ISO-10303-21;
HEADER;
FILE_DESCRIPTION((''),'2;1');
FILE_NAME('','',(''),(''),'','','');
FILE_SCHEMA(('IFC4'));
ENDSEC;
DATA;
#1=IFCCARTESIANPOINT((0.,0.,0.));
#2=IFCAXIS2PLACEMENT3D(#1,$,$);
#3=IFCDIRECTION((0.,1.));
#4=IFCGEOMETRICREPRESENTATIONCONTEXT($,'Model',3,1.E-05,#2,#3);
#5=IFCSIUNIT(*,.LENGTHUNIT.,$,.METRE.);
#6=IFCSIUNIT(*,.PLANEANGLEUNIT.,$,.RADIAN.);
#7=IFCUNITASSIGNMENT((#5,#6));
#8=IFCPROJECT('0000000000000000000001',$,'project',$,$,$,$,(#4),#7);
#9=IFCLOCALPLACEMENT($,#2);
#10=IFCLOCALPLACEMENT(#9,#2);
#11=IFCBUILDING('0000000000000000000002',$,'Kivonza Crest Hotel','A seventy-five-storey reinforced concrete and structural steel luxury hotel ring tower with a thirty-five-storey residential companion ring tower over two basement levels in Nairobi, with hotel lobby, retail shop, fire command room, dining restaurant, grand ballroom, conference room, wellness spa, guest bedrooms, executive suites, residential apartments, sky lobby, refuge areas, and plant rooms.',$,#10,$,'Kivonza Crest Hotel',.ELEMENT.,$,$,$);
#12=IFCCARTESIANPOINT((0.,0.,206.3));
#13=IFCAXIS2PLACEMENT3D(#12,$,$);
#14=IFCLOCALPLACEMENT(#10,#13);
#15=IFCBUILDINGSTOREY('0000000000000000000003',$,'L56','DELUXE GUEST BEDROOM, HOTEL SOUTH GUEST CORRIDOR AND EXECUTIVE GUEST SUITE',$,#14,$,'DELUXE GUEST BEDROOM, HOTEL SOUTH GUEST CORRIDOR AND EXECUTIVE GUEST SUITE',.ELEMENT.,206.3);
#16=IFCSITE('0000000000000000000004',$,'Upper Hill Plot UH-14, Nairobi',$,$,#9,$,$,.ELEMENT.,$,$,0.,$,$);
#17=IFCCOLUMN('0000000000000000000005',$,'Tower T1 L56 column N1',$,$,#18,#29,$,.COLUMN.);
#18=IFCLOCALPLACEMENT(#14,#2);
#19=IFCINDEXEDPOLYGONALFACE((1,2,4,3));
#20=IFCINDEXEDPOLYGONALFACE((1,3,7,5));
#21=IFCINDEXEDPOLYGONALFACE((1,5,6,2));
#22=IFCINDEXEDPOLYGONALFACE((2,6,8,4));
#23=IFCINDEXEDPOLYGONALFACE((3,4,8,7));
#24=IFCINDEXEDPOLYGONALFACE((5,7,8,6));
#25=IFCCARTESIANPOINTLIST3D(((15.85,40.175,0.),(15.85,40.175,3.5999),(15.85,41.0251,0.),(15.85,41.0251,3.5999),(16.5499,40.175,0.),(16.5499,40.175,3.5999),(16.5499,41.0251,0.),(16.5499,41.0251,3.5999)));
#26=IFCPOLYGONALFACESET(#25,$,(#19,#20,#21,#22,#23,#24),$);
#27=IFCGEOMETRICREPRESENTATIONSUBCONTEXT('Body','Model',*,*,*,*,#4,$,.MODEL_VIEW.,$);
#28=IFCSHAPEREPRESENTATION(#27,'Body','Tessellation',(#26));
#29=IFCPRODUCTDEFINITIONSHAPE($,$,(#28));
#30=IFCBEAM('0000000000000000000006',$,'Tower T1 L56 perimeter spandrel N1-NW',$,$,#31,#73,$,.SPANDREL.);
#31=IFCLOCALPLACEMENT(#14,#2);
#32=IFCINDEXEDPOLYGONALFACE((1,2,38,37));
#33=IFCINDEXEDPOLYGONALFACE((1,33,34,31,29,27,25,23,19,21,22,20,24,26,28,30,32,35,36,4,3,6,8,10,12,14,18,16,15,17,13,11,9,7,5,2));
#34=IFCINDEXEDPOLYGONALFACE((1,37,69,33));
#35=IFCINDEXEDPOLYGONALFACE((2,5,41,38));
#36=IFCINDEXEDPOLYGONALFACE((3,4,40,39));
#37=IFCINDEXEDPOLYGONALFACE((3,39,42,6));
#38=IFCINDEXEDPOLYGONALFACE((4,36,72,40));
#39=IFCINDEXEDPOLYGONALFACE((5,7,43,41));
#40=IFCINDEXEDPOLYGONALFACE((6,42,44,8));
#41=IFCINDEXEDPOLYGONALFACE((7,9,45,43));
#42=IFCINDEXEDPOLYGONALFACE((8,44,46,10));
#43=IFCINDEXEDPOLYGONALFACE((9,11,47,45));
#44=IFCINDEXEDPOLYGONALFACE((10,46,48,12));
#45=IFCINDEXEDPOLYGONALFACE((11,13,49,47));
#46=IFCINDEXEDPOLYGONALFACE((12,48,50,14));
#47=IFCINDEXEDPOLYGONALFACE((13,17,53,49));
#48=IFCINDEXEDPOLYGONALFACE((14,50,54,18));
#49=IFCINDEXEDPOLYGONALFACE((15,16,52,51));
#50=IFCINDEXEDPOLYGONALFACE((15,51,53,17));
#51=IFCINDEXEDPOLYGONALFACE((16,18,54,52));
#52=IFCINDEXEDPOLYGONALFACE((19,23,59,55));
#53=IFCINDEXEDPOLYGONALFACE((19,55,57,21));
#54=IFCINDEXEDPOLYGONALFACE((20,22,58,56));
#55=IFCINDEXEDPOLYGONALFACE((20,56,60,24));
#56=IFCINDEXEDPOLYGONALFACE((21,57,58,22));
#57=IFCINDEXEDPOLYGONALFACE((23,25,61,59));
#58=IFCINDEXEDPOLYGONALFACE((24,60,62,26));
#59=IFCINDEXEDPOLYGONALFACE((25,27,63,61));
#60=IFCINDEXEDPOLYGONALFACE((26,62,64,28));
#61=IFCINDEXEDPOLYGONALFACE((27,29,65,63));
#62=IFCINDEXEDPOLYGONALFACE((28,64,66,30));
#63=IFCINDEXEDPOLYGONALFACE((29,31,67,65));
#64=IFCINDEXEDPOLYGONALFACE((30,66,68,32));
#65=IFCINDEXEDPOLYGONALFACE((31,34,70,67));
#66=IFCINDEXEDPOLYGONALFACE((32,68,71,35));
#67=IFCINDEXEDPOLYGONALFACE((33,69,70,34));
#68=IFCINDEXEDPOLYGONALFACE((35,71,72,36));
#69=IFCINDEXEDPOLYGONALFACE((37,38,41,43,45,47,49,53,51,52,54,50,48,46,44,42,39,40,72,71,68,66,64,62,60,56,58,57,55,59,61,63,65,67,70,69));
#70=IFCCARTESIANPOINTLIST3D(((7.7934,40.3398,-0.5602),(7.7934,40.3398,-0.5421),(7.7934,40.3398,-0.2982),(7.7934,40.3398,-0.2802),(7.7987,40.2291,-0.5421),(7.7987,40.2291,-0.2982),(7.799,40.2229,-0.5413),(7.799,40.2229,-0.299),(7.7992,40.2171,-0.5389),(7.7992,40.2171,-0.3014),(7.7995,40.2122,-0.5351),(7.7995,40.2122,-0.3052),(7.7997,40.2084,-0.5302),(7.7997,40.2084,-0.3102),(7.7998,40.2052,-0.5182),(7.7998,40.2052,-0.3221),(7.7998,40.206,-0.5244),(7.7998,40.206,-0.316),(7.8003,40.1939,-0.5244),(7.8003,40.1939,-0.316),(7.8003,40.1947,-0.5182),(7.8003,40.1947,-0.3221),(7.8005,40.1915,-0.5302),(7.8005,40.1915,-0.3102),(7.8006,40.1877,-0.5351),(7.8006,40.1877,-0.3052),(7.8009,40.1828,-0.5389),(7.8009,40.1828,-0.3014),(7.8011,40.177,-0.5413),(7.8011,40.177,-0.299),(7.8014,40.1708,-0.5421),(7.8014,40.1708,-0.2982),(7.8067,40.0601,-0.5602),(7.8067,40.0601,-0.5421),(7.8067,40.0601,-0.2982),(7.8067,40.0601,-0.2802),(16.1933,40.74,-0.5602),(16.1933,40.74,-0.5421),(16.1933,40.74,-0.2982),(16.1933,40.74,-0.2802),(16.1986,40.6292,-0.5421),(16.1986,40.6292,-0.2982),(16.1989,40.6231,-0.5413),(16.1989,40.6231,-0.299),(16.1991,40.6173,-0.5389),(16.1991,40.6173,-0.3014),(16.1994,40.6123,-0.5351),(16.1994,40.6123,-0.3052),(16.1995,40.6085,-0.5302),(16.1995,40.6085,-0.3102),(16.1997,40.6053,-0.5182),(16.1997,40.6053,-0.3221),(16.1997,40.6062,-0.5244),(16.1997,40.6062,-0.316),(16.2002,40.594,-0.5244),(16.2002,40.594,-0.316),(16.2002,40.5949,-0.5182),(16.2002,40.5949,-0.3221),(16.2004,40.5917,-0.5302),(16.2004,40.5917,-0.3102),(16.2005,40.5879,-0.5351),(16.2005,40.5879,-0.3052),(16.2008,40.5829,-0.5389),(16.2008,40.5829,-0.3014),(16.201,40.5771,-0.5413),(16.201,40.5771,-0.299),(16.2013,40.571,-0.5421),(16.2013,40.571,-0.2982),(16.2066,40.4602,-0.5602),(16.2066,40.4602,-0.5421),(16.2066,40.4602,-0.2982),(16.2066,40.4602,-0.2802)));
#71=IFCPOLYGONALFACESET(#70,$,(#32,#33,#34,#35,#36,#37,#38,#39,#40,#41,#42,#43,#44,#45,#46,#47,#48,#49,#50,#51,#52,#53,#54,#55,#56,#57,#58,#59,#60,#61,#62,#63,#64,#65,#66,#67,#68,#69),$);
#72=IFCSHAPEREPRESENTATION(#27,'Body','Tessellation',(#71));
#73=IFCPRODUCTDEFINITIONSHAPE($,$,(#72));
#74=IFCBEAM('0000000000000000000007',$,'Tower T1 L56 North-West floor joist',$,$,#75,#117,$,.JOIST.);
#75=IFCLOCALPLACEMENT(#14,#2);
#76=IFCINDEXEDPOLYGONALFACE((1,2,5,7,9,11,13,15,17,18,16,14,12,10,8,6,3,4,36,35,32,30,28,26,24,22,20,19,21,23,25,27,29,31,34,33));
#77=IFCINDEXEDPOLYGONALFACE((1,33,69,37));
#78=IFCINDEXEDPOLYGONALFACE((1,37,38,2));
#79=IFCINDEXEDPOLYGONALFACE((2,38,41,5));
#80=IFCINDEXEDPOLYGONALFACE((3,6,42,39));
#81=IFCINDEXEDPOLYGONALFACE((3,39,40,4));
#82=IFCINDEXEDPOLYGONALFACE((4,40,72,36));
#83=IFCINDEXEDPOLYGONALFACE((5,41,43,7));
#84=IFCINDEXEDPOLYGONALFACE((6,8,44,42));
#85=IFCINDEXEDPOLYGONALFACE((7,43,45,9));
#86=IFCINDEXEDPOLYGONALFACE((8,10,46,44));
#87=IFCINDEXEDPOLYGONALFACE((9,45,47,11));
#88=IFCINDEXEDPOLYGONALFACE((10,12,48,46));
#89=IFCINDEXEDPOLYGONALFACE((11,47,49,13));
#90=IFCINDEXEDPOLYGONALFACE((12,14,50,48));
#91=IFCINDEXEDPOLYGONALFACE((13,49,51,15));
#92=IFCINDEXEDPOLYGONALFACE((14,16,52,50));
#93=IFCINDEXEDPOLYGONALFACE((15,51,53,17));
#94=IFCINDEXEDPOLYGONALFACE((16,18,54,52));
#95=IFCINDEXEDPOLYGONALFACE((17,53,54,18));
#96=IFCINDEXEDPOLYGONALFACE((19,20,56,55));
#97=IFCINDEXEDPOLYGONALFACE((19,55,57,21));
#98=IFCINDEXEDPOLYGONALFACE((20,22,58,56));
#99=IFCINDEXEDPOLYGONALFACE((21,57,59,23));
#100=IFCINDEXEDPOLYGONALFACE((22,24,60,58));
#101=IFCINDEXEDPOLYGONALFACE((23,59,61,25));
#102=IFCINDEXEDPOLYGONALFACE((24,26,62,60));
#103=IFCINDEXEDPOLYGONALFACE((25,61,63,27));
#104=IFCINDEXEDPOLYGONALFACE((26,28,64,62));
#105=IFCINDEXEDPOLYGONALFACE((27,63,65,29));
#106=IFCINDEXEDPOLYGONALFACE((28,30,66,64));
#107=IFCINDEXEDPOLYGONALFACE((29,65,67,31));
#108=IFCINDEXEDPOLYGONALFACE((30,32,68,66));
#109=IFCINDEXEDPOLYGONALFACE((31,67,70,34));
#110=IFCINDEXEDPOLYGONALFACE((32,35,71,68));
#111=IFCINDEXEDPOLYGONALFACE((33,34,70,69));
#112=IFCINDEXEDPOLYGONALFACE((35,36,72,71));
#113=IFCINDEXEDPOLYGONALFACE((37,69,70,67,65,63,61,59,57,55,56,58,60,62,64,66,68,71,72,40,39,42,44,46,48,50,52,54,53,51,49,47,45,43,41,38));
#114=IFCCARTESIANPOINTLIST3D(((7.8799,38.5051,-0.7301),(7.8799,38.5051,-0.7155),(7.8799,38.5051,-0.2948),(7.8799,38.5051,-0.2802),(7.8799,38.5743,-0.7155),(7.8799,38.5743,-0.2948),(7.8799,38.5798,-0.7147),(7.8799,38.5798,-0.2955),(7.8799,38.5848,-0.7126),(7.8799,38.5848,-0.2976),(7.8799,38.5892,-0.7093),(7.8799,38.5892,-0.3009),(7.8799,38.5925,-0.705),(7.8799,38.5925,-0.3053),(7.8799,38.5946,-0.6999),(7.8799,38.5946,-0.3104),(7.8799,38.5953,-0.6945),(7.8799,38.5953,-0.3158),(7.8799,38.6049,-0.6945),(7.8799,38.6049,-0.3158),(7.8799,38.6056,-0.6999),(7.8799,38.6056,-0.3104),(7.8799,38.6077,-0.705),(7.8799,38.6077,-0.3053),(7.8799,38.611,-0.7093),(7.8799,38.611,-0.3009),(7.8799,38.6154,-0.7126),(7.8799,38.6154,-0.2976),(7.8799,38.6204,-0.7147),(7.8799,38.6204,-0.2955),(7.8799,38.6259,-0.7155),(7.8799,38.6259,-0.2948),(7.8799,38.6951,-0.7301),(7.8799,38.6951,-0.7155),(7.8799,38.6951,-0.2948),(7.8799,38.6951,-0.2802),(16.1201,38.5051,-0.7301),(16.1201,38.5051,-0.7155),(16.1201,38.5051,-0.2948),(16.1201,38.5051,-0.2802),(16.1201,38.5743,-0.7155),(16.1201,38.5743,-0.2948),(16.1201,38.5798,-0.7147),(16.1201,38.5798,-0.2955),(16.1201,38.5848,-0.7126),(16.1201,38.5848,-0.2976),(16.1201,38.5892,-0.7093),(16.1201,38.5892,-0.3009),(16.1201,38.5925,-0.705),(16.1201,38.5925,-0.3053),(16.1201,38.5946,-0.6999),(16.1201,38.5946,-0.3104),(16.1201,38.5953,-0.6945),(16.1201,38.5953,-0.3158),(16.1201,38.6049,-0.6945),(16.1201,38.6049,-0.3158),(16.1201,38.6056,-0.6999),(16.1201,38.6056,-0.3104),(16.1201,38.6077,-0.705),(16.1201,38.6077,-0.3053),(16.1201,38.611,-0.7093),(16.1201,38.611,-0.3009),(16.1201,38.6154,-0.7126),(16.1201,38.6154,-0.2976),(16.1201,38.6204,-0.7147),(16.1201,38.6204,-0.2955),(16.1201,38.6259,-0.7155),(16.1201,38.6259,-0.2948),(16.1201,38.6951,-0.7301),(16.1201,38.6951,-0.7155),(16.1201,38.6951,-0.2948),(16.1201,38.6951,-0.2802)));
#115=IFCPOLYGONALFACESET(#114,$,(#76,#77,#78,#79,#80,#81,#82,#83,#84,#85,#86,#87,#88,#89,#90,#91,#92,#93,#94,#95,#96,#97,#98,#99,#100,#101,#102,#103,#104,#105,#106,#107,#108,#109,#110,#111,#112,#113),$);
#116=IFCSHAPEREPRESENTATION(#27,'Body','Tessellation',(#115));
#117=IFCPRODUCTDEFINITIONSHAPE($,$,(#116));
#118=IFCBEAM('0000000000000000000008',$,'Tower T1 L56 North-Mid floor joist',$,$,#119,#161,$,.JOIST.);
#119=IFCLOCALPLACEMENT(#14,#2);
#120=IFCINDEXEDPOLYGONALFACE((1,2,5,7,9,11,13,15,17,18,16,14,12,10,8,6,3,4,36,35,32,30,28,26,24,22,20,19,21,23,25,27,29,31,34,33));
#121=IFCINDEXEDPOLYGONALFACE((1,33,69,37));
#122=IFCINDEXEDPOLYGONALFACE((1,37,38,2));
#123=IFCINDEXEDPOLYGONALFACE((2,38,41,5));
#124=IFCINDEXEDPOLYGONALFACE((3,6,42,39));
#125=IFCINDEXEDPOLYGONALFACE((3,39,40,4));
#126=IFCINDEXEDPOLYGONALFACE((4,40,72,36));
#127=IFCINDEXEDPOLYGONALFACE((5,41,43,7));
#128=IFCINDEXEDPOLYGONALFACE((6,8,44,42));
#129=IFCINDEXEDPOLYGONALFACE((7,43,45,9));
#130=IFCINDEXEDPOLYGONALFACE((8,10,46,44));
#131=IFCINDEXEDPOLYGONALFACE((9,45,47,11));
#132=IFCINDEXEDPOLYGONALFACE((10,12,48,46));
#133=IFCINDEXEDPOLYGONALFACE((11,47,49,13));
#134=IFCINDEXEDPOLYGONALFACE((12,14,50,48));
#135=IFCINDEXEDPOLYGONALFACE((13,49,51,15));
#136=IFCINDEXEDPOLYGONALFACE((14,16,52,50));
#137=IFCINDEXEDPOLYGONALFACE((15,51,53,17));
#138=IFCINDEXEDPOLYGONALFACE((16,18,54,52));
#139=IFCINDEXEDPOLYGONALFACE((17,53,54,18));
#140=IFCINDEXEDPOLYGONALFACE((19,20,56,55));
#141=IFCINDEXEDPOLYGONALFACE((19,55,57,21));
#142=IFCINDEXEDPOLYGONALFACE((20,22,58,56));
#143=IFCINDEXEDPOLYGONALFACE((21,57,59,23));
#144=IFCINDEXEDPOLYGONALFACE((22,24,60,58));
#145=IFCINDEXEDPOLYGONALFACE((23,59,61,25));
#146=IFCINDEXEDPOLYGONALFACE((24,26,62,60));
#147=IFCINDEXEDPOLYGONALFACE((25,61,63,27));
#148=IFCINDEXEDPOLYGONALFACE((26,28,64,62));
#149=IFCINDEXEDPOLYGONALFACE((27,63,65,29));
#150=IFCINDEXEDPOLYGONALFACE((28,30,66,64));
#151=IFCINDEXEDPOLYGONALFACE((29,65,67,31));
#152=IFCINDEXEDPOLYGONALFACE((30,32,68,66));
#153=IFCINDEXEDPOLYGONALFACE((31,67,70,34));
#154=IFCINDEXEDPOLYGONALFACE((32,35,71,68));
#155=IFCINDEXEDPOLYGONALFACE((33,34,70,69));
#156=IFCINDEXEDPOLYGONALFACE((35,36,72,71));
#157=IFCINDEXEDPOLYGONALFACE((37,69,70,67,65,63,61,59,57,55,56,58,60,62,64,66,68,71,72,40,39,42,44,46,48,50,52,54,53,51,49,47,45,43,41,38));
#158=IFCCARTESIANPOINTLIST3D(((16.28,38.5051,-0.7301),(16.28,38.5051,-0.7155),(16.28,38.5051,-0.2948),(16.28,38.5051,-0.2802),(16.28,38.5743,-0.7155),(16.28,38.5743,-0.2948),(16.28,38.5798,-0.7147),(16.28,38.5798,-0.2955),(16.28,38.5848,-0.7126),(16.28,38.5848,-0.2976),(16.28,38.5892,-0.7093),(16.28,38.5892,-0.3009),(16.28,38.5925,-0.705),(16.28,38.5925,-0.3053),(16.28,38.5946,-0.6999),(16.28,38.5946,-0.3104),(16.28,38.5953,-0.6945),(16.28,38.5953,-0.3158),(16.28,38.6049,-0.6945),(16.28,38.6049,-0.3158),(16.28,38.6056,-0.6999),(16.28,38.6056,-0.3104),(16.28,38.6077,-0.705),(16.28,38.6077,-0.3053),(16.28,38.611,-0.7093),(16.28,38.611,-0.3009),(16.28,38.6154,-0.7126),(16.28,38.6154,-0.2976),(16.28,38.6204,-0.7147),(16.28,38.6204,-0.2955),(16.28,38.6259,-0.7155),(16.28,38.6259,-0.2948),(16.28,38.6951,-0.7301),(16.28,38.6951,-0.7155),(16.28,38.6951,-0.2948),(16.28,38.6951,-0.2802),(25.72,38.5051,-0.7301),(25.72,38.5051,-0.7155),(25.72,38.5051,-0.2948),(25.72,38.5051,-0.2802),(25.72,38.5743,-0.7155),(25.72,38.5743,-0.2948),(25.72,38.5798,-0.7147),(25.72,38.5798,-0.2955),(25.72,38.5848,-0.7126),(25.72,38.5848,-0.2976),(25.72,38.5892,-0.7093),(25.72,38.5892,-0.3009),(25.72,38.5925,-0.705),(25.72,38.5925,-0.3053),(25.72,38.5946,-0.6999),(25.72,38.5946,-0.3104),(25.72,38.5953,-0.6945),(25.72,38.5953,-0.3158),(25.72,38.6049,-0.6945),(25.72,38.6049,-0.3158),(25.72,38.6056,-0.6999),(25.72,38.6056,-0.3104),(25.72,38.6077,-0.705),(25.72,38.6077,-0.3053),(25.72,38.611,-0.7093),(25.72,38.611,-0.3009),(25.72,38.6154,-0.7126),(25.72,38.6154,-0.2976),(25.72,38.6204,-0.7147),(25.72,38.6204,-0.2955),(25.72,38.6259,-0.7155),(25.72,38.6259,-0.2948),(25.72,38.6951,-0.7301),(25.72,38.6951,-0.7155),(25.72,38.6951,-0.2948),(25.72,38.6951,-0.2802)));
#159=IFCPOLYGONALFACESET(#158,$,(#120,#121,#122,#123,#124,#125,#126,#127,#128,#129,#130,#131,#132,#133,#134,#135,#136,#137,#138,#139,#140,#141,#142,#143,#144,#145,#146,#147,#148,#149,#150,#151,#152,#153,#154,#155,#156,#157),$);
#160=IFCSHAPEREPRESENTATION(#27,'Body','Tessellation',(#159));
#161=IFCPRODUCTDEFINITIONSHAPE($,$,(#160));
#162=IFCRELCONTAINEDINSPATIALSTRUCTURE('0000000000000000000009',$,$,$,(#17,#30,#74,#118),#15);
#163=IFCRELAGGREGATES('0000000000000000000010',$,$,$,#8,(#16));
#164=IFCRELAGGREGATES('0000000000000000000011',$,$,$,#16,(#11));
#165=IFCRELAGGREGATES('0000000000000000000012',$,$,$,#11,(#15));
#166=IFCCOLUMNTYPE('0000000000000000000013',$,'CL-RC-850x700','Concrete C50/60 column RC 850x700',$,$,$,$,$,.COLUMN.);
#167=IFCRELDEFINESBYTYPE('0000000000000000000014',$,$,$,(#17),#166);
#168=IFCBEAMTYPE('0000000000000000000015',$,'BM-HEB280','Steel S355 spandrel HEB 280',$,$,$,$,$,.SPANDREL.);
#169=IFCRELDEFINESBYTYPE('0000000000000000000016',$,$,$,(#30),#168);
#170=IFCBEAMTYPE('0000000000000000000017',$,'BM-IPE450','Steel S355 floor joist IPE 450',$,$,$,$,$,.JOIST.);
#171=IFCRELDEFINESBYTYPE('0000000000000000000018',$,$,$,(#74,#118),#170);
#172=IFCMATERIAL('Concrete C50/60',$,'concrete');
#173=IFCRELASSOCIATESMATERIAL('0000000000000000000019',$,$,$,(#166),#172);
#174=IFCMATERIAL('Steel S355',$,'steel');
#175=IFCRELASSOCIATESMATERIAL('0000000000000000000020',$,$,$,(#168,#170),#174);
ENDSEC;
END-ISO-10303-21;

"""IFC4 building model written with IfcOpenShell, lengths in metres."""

from ifc_helpers import new_model, si_unit, direction, frame, origin, origin_2d, place, context, subcontext, project, spatial, rectangle, i_section, extrude, material, material_profile, profile_set, type_object, element, save


model = new_model("IFC4")

# Units and contexts
model_context = context("Model", 3, precision=1e-05, world=origin(), true_north=direction((0.0, 1.0)))
body_context = subcontext(model_context, "Body", "Model", "MODEL_VIEW")
ifc_project = project(units=[si_unit("LENGTHUNIT", "METRE"), si_unit("PLANEANGLEUNIT", "RADIAN")], contexts=[model_context])

# Site, building, storey
site_placement = place(None, origin())
site = spatial("IfcSite", under=ifc_project, at=site_placement, Name="Upper Hill Plot UH-14, Nairobi", CompositionType="ELEMENT", RefElevation=0.0)
building_placement = place(site_placement, origin())
building = spatial("IfcBuilding", under=site, at=building_placement, Name="Kivonza Crest Hotel", Description="A seventy-five-storey reinforced concrete and structural steel luxury hotel ring tower with a thirty-five-storey residential companion ring tower over two basement levels in Nairobi, with hotel lobby, retail shop, fire command room, dining restaurant, grand ballroom, conference room, wellness spa, guest bedrooms, executive suites, residential apartments, sky lobby, refuge areas, and plant rooms.", LongName="Kivonza Crest Hotel", CompositionType="ELEMENT")
storey_placement = place(building_placement, frame((0.0, 0.0, 206.3)))
storey = spatial("IfcBuildingStorey", under=building, at=storey_placement, Name="L56", Description="DELUXE GUEST BEDROOM, HOTEL SOUTH GUEST CORRIDOR AND EXECUTIVE GUEST SUITE", LongName="DELUXE GUEST BEDROOM, HOTEL SOUTH GUEST CORRIDOR AND EXECUTIVE GUEST SUITE", CompositionType="ELEMENT", Elevation=206.3)

# Column
ifc_material_1 = material(Name="Concrete C50/60", Category="concrete")
ifc_material_profile_1 = material_profile(ifc_material_1, rectangle(XDim=0.7, YDim=0.8501, at=origin_2d()), Name="RC 850x700")
ifc_profile_set_1 = profile_set([ifc_material_profile_1], Name="Concrete C50/60")
column_type = type_object("IfcColumnType", Name="CL-RC-850x700", Description="Concrete C50/60 column RC 850x700", PredefinedType="COLUMN", material=ifc_profile_set_1)
column_placement = place(storey_placement, frame((16.2, 40.6001, 0.0), z_axis=(0.0, 0.0, 1.0), x_axis=(1.0, 0.0, 0.0)))
element("IfcColumn", 1, at=column_placement, inside=storey, type_object=column_type, Name="Tower T1 L56 column N1", PredefinedType="COLUMN", context=body_context, shape_type="SweptSolid", body=[
    extrude(rectangle(XDim=0.7, YDim=0.8501, at=origin_2d()), origin(), (0.0, 0.0, 1.0), 3.5999),
])

# Beams
ifc_material_2 = material(Name="Steel S355", Category="steel")
ifc_material_profile_2 = material_profile(ifc_material_2, i_section(OverallWidth=0.28, OverallDepth=0.28, WebThickness=0.0105, FlangeThickness=0.0181, FilletRadius=0.0239, at=origin_2d()), Name="HEB 280")
ifc_profile_set_2 = profile_set([ifc_material_profile_2], Name="Steel S355")
beam_type_1 = type_object("IfcBeamType", Name="BM-HEB280", Description="Steel S355 spandrel HEB 280", PredefinedType="SPANDREL", material=ifc_profile_set_2)
beam_1_placement = place(storey_placement, frame((16.2, 40.6001, -0.4202), z_axis=(-0.998867, -0.047583, 0.0), x_axis=(0.047583, -0.998867, 0.0)))
element("IfcBeam", 2, at=beam_1_placement, inside=storey, type_object=beam_type_1, Name="Tower T1 L56 perimeter spandrel N1-NW", PredefinedType="SPANDREL", context=body_context, shape_type="SweptSolid", body=[
    extrude(i_section(OverallWidth=0.28, OverallDepth=0.28, WebThickness=0.0105, FlangeThickness=0.0181, FilletRadius=0.0239, at=origin_2d()), origin(), (0.0, 0.0, 1.0), 8.4094),
])
ifc_material_profile_3 = material_profile(ifc_material_2, i_section(OverallWidth=0.1899, OverallDepth=0.45, WebThickness=0.0095, FlangeThickness=0.0146, FilletRadius=0.021, at=origin_2d()), Name="IPE 450")
ifc_profile_set_3 = profile_set([ifc_material_profile_3], Name="Steel S355")
beam_type_2 = type_object("IfcBeamType", Name="BM-IPE450", Description="Steel S355 floor joist IPE 450", PredefinedType="JOIST", material=ifc_profile_set_3)
beam_2_placement = place(storey_placement, frame((7.8799, 38.6001, -0.5051), z_axis=(1.0, 0.0, 0.0), x_axis=(0.0, 1.0, 0.0)))
element("IfcBeam", 3, at=beam_2_placement, inside=storey, type_object=beam_type_2, Name="Tower T1 L56 North-West floor joist", PredefinedType="JOIST", context=body_context, shape_type="SweptSolid", body=[
    extrude(i_section(OverallWidth=0.1899, OverallDepth=0.45, WebThickness=0.0095, FlangeThickness=0.0146, FilletRadius=0.021, at=origin_2d()), origin(), (0.0, 0.0, 1.0), 8.2402),
])
beam_3_placement = place(storey_placement, frame((16.28, 38.6001, -0.5051), z_axis=(1.0, 0.0, 0.0), x_axis=(0.0, 1.0, 0.0)))
element("IfcBeam", 4, at=beam_3_placement, inside=storey, type_object=beam_type_2, Name="Tower T1 L56 North-Mid floor joist", PredefinedType="JOIST", context=body_context, shape_type="SweptSolid", body=[
    extrude(i_section(OverallWidth=0.1899, OverallDepth=0.45, WebThickness=0.0095, FlangeThickness=0.0146, FilletRadius=0.021, at=origin_2d()), origin(), (0.0, 0.0, 1.0), 9.4399),
])

save(model, "model.ifc")
